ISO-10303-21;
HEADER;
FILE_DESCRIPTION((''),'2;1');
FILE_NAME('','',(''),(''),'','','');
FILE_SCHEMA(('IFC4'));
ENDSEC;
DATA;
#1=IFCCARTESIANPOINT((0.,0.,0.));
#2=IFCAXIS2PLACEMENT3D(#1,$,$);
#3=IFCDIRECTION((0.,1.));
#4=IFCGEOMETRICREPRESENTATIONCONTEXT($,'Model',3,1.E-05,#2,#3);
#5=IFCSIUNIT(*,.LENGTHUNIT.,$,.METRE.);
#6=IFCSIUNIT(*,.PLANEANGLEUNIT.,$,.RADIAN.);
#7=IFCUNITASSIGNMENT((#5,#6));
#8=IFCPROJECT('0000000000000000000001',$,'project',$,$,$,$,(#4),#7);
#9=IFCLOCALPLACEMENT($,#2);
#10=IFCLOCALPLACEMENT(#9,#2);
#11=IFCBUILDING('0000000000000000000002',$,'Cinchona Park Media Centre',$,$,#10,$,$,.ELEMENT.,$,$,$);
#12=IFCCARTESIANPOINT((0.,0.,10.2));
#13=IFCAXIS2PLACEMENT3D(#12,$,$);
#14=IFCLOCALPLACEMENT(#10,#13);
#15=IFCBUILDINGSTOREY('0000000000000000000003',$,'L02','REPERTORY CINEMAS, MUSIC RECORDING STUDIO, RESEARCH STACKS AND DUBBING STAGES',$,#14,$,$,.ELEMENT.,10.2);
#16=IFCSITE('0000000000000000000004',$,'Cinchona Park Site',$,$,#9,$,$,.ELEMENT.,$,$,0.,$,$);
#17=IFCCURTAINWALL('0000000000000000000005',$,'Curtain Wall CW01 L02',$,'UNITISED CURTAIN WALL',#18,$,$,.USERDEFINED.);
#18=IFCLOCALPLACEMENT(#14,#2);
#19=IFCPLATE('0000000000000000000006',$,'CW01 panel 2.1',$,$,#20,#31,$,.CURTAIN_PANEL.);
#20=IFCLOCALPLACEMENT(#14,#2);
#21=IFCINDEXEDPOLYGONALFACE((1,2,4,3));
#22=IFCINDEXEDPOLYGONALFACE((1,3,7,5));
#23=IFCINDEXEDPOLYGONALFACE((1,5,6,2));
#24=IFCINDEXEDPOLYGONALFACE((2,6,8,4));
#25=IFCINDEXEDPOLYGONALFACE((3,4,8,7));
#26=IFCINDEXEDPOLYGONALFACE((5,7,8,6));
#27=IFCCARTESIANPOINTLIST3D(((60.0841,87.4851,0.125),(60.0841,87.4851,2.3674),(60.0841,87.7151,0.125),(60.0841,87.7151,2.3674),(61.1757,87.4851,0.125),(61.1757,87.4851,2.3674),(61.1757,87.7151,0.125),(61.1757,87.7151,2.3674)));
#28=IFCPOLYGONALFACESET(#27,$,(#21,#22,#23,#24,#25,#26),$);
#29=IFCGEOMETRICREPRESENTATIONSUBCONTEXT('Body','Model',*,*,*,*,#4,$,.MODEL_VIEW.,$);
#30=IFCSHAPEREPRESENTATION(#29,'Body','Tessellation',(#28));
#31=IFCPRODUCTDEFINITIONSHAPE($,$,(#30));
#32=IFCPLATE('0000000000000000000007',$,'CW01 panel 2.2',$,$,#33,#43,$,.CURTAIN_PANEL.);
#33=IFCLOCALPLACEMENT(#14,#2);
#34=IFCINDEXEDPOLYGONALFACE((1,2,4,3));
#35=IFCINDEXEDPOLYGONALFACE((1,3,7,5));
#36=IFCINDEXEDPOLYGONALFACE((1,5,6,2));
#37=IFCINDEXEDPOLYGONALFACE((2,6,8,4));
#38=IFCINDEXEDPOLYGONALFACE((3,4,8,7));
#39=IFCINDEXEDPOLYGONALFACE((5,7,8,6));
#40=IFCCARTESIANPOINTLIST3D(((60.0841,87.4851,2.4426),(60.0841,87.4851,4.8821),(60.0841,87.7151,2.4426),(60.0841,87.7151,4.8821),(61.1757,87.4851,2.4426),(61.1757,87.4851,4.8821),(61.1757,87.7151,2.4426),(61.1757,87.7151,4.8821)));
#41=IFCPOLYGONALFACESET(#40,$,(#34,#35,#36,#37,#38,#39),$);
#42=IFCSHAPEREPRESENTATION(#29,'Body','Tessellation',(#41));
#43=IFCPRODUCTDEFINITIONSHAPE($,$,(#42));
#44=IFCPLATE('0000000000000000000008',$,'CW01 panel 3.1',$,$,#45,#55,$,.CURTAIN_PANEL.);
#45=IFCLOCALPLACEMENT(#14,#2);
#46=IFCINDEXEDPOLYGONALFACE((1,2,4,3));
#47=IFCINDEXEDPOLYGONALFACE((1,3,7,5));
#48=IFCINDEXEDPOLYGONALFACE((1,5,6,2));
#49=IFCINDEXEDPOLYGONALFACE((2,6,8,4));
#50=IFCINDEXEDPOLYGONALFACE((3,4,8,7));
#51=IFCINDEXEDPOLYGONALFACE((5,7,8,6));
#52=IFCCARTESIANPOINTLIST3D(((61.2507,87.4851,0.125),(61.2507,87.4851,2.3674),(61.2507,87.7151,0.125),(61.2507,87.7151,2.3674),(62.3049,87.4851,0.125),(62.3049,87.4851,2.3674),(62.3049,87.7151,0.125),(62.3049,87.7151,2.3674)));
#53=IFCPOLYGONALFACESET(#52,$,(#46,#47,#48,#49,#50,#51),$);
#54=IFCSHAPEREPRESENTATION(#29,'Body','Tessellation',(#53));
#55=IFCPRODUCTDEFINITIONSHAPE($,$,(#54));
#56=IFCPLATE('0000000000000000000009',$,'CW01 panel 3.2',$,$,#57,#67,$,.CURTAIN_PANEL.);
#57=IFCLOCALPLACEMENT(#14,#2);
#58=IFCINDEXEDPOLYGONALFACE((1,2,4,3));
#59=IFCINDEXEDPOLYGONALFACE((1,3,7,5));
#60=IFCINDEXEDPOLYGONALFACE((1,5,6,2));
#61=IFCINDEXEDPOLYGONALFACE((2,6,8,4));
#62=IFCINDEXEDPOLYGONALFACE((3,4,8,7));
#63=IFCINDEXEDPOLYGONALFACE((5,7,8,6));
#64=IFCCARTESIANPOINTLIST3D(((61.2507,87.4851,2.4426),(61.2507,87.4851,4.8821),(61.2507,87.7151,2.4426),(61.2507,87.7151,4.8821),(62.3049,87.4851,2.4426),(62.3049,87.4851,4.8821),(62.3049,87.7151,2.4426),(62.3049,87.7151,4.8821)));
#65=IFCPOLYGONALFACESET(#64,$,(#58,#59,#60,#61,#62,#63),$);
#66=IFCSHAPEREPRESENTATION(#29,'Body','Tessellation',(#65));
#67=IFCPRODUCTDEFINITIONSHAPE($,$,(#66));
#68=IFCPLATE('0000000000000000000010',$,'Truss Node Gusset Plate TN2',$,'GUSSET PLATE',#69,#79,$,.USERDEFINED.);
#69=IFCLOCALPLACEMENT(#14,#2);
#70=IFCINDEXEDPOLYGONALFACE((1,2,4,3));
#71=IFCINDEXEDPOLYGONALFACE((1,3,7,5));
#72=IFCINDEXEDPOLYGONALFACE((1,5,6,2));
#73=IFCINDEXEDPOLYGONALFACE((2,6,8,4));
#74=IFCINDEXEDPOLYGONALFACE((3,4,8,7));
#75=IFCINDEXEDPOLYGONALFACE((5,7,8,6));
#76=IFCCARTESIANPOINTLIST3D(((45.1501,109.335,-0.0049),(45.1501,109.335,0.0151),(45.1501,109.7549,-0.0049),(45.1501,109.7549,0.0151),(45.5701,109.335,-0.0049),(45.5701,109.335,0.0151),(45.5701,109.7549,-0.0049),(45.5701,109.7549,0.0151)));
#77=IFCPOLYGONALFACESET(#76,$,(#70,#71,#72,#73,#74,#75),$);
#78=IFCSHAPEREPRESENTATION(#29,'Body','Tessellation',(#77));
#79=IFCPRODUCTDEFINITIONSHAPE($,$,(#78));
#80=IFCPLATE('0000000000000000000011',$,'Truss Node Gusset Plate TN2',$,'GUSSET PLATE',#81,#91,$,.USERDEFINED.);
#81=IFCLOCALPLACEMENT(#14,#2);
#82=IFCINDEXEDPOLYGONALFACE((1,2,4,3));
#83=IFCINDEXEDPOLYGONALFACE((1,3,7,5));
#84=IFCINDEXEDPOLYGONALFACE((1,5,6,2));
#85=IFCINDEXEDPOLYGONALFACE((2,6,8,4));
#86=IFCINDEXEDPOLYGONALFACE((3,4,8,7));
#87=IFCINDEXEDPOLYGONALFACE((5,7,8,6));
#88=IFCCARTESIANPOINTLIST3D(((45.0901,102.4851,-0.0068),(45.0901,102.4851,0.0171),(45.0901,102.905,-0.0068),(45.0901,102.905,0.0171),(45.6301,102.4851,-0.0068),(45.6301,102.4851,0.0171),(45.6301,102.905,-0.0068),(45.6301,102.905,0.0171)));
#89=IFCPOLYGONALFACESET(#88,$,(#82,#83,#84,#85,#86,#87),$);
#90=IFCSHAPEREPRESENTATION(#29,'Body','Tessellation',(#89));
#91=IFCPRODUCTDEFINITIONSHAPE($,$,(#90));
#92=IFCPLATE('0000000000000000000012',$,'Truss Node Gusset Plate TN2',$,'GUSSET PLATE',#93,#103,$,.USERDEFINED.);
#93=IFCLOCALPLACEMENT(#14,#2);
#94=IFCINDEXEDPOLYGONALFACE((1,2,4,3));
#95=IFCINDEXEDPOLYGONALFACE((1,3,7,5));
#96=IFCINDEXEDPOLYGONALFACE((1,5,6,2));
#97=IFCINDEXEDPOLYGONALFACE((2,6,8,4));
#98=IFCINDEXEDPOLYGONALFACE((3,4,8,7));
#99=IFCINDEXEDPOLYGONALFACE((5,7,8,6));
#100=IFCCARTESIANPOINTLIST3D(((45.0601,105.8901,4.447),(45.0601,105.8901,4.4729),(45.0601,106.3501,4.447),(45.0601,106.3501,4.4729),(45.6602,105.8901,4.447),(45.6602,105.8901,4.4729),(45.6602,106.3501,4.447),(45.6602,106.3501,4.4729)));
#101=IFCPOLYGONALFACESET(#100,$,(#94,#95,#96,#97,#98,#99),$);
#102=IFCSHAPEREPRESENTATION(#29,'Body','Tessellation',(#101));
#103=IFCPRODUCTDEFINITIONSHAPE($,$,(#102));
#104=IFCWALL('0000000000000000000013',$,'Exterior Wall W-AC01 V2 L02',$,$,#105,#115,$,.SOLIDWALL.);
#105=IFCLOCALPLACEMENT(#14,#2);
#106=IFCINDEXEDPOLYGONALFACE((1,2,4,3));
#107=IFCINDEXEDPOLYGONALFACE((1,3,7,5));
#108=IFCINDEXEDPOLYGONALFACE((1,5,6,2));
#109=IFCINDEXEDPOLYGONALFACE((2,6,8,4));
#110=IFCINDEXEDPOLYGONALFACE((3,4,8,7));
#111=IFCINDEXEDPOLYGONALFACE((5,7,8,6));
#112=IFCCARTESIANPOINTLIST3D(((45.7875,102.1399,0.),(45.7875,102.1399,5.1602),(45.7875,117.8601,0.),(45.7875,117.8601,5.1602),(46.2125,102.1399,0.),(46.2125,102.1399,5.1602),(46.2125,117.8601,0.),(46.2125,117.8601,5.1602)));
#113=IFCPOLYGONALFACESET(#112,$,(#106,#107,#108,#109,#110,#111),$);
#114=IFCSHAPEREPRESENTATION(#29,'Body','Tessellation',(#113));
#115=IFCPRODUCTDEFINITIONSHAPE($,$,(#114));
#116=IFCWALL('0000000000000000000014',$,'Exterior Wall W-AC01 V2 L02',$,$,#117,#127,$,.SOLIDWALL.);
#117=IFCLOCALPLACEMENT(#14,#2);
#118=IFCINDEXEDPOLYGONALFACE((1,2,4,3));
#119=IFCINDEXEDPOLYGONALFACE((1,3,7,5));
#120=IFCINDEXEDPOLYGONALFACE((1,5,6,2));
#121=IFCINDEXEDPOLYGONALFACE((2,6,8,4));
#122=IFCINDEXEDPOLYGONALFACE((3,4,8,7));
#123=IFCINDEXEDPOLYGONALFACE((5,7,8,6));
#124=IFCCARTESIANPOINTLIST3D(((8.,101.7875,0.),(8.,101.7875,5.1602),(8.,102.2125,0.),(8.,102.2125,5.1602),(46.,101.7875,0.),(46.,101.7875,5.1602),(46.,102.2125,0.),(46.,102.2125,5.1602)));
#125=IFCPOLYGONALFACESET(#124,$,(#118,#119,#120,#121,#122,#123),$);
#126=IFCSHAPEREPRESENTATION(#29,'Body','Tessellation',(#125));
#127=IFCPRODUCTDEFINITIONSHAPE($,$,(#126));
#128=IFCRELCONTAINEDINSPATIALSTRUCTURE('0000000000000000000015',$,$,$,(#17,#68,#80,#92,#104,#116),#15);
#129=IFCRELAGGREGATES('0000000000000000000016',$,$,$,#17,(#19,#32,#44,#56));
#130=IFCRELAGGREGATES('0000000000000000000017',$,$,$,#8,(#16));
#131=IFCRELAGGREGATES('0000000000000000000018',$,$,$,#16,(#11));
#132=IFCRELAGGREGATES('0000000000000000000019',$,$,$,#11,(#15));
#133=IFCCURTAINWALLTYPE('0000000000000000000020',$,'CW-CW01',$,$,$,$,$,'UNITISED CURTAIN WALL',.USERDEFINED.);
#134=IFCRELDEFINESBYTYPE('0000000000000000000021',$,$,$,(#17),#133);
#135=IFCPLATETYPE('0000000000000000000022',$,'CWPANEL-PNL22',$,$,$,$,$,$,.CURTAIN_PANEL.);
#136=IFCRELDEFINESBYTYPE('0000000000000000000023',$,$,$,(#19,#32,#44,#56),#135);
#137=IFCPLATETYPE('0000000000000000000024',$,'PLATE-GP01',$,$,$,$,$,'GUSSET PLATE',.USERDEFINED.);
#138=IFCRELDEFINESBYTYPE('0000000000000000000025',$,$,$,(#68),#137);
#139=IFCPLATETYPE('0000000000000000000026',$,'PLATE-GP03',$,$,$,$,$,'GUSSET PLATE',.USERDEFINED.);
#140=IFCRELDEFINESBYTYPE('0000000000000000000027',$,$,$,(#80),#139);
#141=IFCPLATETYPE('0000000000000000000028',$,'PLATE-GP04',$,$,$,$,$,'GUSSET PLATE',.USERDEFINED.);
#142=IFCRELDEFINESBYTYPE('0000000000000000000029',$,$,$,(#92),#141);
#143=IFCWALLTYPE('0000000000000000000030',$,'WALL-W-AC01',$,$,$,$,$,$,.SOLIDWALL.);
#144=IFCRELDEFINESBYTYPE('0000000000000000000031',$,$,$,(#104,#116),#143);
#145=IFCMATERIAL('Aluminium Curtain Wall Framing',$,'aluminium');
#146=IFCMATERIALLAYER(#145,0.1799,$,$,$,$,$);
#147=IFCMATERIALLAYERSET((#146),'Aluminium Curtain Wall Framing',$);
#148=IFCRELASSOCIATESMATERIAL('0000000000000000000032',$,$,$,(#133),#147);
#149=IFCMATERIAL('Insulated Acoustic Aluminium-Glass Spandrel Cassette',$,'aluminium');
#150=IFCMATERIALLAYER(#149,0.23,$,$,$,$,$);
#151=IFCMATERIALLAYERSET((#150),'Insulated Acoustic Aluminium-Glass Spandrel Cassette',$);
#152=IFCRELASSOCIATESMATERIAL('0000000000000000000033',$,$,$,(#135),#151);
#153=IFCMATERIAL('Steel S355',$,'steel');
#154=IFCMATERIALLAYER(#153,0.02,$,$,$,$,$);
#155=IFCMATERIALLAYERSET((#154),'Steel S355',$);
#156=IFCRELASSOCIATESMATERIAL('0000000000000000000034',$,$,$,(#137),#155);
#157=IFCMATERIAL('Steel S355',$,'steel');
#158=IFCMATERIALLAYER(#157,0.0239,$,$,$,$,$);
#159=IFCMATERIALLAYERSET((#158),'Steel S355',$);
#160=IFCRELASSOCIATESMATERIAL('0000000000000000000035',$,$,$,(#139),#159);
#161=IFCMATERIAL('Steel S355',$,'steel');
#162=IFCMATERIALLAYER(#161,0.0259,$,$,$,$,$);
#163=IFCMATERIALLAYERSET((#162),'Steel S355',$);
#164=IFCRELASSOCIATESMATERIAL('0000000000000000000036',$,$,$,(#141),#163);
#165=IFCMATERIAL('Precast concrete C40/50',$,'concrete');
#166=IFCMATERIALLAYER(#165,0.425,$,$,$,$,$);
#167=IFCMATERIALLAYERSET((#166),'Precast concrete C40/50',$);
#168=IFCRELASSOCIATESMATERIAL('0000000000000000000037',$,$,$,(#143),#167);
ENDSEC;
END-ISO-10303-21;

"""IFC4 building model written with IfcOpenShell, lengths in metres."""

from ifc_helpers import new_model, si_unit, direction, frame, frame_2d, origin, origin_2d, place, context, subcontext, project, spatial, rectangle, extrude, material, layer, layer_set, type_object, element, aggregate, save


model = new_model("IFC4")

# Units and contexts
model_context = context("Model", 3, precision=1e-05, world=origin(), true_north=direction((0.0, 1.0)))
body_context = subcontext(model_context, "Body", "Model", "MODEL_VIEW")
ifc_project = project(units=[si_unit("LENGTHUNIT", "METRE"), si_unit("PLANEANGLEUNIT", "RADIAN")], contexts=[model_context])

# Site, building, storey
site_placement = place(None, origin())
site = spatial("IfcSite", under=ifc_project, at=site_placement, Name="Cinchona Park Site", CompositionType="ELEMENT", RefElevation=0.0)
building_placement = place(site_placement, origin())
building = spatial("IfcBuilding", under=site, at=building_placement, Name="Cinchona Park Media Centre", CompositionType="ELEMENT")
storey_placement = place(building_placement, frame((0.0, 0.0, 10.2)))
storey = spatial("IfcBuildingStorey", under=building, at=storey_placement, Name="L02", Description="REPERTORY CINEMAS, MUSIC RECORDING STUDIO, RESEARCH STACKS AND DUBBING STAGES", CompositionType="ELEMENT", Elevation=10.2)

# Curtain wall, plates
ifc_material_1 = material(Name="Aluminium Curtain Wall Framing", Category="aluminium")
ifc_layer_1 = layer(ifc_material_1, 0.1799)
ifc_layer_set_1 = layer_set([ifc_layer_1], Name="Aluminium Curtain Wall Framing")
curtain_wall_type = type_object("IfcCurtainWallType", Name="CW-CW01", ElementType="UNITISED CURTAIN WALL", PredefinedType="USERDEFINED", material=ifc_layer_set_1)
curtain_wall_placement = place(storey_placement, origin())
curtain_wall = element("IfcCurtainWall", 1, at=curtain_wall_placement, inside=storey, type_object=curtain_wall_type, Name="Curtain Wall CW01 L02", ObjectType="UNITISED CURTAIN WALL", PredefinedType="USERDEFINED")
ifc_material_2 = material(Name="Insulated Acoustic Aluminium-Glass Spandrel Cassette", Category="aluminium")
ifc_layer_2 = layer(ifc_material_2, 0.23)
ifc_layer_set_2 = layer_set([ifc_layer_2], Name="Insulated Acoustic Aluminium-Glass Spandrel Cassette")
plate_type_1 = type_object("IfcPlateType", Name="CWPANEL-PNL22", PredefinedType="CURTAIN_PANEL", material=ifc_layer_set_2)
plate_1_placement = place(storey_placement, frame((60.6299, 87.6001, 0.125), z_axis=(0.0, 0.0, 1.0), x_axis=(1.0, 0.0, 0.0)))
plate_1 = element("IfcPlate", 2, at=plate_1_placement, type_object=plate_type_1, Name="CW01 panel 2.1", PredefinedType="CURTAIN_PANEL", context=body_context, shape_type="SweptSolid", body=[
    extrude(rectangle(XDim=1.0916, YDim=0.23, at=origin_2d()), origin(), (0.0, 0.0, 1.0), 2.2424),
])
plate_2_placement = place(storey_placement, frame((60.6299, 87.6001, 2.4426), z_axis=(0.0, 0.0, 1.0), x_axis=(1.0, 0.0, 0.0)))
plate_2 = element("IfcPlate", 3, at=plate_2_placement, type_object=plate_type_1, Name="CW01 panel 2.2", PredefinedType="CURTAIN_PANEL", context=body_context, shape_type="SweptSolid", body=[
    extrude(rectangle(XDim=1.0916, YDim=0.23, at=origin_2d()), origin(), (0.0, 0.0, 1.0), 2.4395),
])
plate_3_placement = place(storey_placement, frame((61.7778, 87.6001, 0.125), z_axis=(0.0, 0.0, 1.0), x_axis=(1.0, 0.0, 0.0)))
plate_3 = element("IfcPlate", 4, at=plate_3_placement, type_object=plate_type_1, Name="CW01 panel 3.1", PredefinedType="CURTAIN_PANEL", context=body_context, shape_type="SweptSolid", body=[
    extrude(rectangle(XDim=1.0542, YDim=0.23, at=origin_2d()), origin(), (0.0, 0.0, 1.0), 2.2424),
])
plate_4_placement = place(storey_placement, frame((61.7778, 87.6001, 2.4426), z_axis=(0.0, 0.0, 1.0), x_axis=(1.0, 0.0, 0.0)))
plate_4 = element("IfcPlate", 5, at=plate_4_placement, type_object=plate_type_1, Name="CW01 panel 3.2", PredefinedType="CURTAIN_PANEL", context=body_context, shape_type="SweptSolid", body=[
    extrude(rectangle(XDim=1.0542, YDim=0.23, at=origin_2d()), origin(), (0.0, 0.0, 1.0), 2.4395),
])
aggregate(curtain_wall, [plate_1, plate_2, plate_3, plate_4])

# Plates
ifc_material_3 = material(Name="Steel S355", Category="steel")
ifc_layer_3 = layer(ifc_material_3, 0.02)
ifc_layer_set_3 = layer_set([ifc_layer_3], Name="Steel S355")
plate_type_2 = type_object("IfcPlateType", Name="PLATE-GP01", ElementType="GUSSET PLATE", PredefinedType="USERDEFINED", material=ifc_layer_set_3)
plate_5_placement = place(storey_placement, frame((45.3601, 109.5449, -0.0049), z_axis=(0.0, 0.0, 1.0), x_axis=(1.0, 0.0, 0.0)))
element("IfcPlate", 6, at=plate_5_placement, inside=storey, type_object=plate_type_2, Name="Truss Node Gusset Plate TN2", ObjectType="GUSSET PLATE", PredefinedType="USERDEFINED", context=body_context, shape_type="SweptSolid", body=[
    extrude(rectangle(XDim=0.4199, YDim=0.4199, at=origin_2d()), origin(), (0.0, 0.0, 1.0), 0.02),
])
ifc_material_4 = material(Name="Steel S355", Category="steel")
ifc_layer_4 = layer(ifc_material_4, 0.0239)
ifc_layer_set_4 = layer_set([ifc_layer_4], Name="Steel S355")
plate_type_3 = type_object("IfcPlateType", Name="PLATE-GP03", ElementType="GUSSET PLATE", PredefinedType="USERDEFINED", material=ifc_layer_set_4)
plate_6_placement = place(storey_placement, frame((45.3601, 102.6951, -0.0068), z_axis=(0.0, 0.0, 1.0), x_axis=(1.0, 0.0, 0.0)))
element("IfcPlate", 7, at=plate_6_placement, inside=storey, type_object=plate_type_3, Name="Truss Node Gusset Plate TN2", ObjectType="GUSSET PLATE", PredefinedType="USERDEFINED", context=body_context, shape_type="SweptSolid", body=[
    extrude(rectangle(XDim=0.54, YDim=0.4199, at=origin_2d()), origin(), (0.0, 0.0, 1.0), 0.0239),
])
ifc_material_5 = material(Name="Steel S355", Category="steel")
ifc_layer_5 = layer(ifc_material_5, 0.0259)
ifc_layer_set_5 = layer_set([ifc_layer_5], Name="Steel S355")
plate_type_4 = type_object("IfcPlateType", Name="PLATE-GP04", ElementType="GUSSET PLATE", PredefinedType="USERDEFINED", material=ifc_layer_set_5)
plate_7_placement = place(storey_placement, frame((45.3601, 106.1201, 4.447), z_axis=(0.0, 0.0, 1.0), x_axis=(1.0, 0.0, 0.0)))
element("IfcPlate", 8, at=plate_7_placement, inside=storey, type_object=plate_type_4, Name="Truss Node Gusset Plate TN2", ObjectType="GUSSET PLATE", PredefinedType="USERDEFINED", context=body_context, shape_type="SweptSolid", body=[
    extrude(rectangle(XDim=0.6001, YDim=0.46, at=origin_2d()), origin(), (0.0, 0.0, 1.0), 0.0259),
])

# Walls
ifc_material_6 = material(Name="Precast concrete C40/50", Category="concrete")
ifc_layer_6 = layer(ifc_material_6, 0.425)
ifc_layer_set_6 = layer_set([ifc_layer_6], Name="Precast concrete C40/50")
wall_type = type_object("IfcWallType", Name="WALL-W-AC01", PredefinedType="SOLIDWALL", material=ifc_layer_set_6)
wall_1_placement = place(storey_placement, frame((46.0, 117.8601, 0.0), z_axis=(0.0, 0.0, 1.0), x_axis=(0.0, -1.0, 0.0)))
element("IfcWall", 9, at=wall_1_placement, inside=storey, type_object=wall_type, Name="Exterior Wall W-AC01 V2 L02", PredefinedType="SOLIDWALL", context=body_context, shape_type="SweptSolid", body=[
    extrude(rectangle(XDim=15.7202, YDim=0.425, at=frame_2d((7.8601, 0.0))), origin(), (0.0, 0.0, 1.0), 5.1602),
])
wall_2_placement = place(storey_placement, frame((46.0, 102.0, 0.0), z_axis=(0.0, 0.0, 1.0), x_axis=(-1.0, 0.0, 0.0)))
element("IfcWall", 10, at=wall_2_placement, inside=storey, type_object=wall_type, Name="Exterior Wall W-AC01 V2 L02", PredefinedType="SOLIDWALL", context=body_context, shape_type="SweptSolid", body=[
    extrude(rectangle(XDim=38.0, YDim=0.425, at=frame_2d((19.0, 0.0))), origin(), (0.0, 0.0, 1.0), 5.1602),
])

save(model, "model.ifc")
